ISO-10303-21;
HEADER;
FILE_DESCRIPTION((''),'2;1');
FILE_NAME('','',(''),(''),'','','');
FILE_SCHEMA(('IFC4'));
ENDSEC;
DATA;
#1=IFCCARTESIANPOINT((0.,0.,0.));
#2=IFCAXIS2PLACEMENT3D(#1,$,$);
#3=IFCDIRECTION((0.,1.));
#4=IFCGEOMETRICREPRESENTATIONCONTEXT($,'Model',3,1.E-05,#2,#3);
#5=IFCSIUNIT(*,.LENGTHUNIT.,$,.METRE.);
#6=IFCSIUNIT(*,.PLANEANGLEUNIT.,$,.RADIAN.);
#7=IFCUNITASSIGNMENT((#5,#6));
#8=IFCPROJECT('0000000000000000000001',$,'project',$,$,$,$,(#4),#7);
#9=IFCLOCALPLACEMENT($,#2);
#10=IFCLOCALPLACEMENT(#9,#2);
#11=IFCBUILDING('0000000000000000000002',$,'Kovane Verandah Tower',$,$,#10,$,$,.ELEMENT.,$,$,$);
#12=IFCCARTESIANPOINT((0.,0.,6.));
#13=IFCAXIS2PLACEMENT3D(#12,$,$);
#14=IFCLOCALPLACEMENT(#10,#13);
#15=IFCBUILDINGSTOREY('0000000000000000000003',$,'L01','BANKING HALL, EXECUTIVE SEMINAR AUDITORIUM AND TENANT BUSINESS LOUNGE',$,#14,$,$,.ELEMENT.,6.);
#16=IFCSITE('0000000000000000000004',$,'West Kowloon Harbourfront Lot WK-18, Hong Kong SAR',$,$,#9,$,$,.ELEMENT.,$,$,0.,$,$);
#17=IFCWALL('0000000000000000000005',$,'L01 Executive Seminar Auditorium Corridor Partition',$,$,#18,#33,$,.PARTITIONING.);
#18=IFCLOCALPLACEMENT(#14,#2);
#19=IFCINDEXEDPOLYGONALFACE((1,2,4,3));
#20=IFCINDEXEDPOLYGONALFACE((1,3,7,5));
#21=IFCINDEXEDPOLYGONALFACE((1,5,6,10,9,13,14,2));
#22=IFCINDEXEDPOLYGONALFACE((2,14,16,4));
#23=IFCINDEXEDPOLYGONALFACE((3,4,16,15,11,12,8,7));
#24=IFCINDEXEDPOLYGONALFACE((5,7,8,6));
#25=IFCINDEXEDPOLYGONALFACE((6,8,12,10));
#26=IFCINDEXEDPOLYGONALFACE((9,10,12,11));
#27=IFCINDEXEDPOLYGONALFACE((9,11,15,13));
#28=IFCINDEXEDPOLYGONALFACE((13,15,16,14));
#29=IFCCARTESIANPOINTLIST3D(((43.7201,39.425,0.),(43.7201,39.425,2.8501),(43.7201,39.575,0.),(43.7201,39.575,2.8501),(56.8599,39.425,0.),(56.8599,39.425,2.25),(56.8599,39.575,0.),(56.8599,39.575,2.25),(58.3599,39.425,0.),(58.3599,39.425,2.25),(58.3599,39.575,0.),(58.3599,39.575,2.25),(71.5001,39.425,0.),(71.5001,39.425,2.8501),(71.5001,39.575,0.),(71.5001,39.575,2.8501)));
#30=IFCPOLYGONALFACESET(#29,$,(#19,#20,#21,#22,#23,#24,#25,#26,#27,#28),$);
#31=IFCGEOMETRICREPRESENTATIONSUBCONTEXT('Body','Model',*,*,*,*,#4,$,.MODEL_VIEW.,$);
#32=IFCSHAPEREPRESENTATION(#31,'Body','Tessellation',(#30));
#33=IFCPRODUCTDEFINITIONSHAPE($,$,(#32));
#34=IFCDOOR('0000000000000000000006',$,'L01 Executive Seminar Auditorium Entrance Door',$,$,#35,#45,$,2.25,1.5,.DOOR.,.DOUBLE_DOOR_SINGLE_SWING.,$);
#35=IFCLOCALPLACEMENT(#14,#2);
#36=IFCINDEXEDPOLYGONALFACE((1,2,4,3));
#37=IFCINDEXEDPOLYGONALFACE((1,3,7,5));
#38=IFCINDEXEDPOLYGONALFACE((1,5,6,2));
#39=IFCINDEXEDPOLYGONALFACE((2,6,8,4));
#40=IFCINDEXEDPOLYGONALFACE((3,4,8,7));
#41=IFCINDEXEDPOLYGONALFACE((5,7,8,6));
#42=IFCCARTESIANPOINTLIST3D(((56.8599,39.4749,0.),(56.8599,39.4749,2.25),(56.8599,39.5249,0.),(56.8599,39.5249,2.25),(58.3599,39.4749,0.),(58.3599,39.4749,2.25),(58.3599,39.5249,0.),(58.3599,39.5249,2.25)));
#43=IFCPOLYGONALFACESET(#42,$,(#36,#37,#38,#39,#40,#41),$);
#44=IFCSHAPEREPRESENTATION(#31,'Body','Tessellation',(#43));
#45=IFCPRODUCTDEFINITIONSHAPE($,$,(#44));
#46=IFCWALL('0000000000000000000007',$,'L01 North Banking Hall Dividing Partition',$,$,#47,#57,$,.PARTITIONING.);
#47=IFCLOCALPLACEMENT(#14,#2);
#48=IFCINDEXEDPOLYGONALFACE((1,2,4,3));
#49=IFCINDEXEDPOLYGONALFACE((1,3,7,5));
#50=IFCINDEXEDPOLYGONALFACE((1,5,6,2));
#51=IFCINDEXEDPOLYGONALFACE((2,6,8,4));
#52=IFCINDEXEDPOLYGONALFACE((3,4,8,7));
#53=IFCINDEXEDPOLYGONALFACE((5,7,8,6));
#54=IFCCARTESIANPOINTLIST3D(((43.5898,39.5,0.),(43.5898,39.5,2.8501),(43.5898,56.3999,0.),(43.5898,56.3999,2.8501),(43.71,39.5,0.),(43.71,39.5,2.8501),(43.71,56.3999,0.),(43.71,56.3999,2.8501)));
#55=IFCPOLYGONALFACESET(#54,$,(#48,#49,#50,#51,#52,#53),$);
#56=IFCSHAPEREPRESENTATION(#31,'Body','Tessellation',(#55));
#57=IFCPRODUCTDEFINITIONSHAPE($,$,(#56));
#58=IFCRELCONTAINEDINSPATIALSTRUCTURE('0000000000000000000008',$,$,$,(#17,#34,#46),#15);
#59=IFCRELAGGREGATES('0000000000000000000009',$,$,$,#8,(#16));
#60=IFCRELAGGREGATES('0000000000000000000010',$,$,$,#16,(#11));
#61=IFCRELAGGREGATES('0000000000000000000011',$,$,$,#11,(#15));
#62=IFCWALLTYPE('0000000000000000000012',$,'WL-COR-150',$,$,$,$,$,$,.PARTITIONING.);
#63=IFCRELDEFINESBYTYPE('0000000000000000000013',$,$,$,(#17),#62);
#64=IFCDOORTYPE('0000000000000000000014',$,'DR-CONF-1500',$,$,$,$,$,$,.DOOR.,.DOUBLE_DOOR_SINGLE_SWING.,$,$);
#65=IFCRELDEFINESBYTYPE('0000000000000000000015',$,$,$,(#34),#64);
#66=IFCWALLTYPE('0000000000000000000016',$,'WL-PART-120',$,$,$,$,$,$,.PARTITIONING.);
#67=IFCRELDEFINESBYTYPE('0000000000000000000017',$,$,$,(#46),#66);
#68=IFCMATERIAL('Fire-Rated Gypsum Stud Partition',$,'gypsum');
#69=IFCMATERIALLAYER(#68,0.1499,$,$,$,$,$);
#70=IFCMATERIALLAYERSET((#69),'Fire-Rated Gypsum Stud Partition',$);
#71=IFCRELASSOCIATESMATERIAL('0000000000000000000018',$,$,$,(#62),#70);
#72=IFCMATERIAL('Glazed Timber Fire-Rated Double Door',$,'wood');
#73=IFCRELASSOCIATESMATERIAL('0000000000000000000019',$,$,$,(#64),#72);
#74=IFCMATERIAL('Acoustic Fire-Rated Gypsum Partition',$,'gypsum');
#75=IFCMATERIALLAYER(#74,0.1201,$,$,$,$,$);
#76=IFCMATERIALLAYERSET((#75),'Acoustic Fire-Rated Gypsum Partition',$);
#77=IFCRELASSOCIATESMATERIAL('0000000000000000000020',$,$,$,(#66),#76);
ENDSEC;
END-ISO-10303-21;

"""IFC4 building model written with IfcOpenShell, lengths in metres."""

from ifc_helpers import new_model, si_unit, direction, frame, frame_2d, origin, place, context, subcontext, project, spatial, rectangle, extrude, material, layer, layer_set, type_object, element, fill, save


model = new_model("IFC4")

# Units and contexts
model_context = context("Model", 3, precision=1e-05, world=origin(), true_north=direction((0.0, 1.0)))
body_context = subcontext(model_context, "Body", "Model", "MODEL_VIEW")
ifc_project = project(units=[si_unit("LENGTHUNIT", "METRE"), si_unit("PLANEANGLEUNIT", "RADIAN")], contexts=[model_context])

# Site, building, storey
site_placement = place(None, origin())
site = spatial("IfcSite", under=ifc_project, at=site_placement, Name="West Kowloon Harbourfront Lot WK-18, Hong Kong SAR", CompositionType="ELEMENT", RefElevation=0.0)
building_placement = place(site_placement, origin())
building = spatial("IfcBuilding", under=site, at=building_placement, Name="Kovane Verandah Tower", CompositionType="ELEMENT")
storey_placement = place(building_placement, frame((0.0, 0.0, 6.0)))
storey = spatial("IfcBuildingStorey", under=building, at=storey_placement, Name="L01", Description="BANKING HALL, EXECUTIVE SEMINAR AUDITORIUM AND TENANT BUSINESS LOUNGE", CompositionType="ELEMENT", Elevation=6.0)

# Wall, opening, door
ifc_material_1 = material(Name="Fire-Rated Gypsum Stud Partition", Category="gypsum")
ifc_layer_1 = layer(ifc_material_1, 0.1499)
ifc_layer_set_1 = layer_set([ifc_layer_1], Name="Fire-Rated Gypsum Stud Partition")
wall_type_1 = type_object("IfcWallType", Name="WL-COR-150", PredefinedType="PARTITIONING", material=ifc_layer_set_1)
wall_1_placement = place(storey_placement, frame((43.72, 39.5, 0.0), z_axis=(0.0, 0.0, 1.0), x_axis=(1.0, 0.0, 0.0)))
wall_1 = element("IfcWall", 1, at=wall_1_placement, inside=storey, type_object=wall_type_1, Name="L01 Executive Seminar Auditorium Corridor Partition", PredefinedType="PARTITIONING", context=body_context, shape_type="SweptSolid", body=[
    extrude(rectangle(XDim=27.78, YDim=0.1499, at=frame_2d((13.8901, 0.0))), origin(), (0.0, 0.0, 1.0), 2.8501),
])
opening_placement = place(wall_1_placement, frame((13.1399, 0.0, 0.0)))
opening = element("IfcOpeningElement", 2, at=opening_placement, cuts=wall_1, PredefinedType="OPENING", context=body_context, shape_type="SweptSolid", body=[
    extrude(rectangle(XDim=1.5, YDim=2.25, at=frame_2d((0.75, 1.125))), frame((0.0, 0.075, 0.0), z_axis=(0.0, -1.0, 0.0), x_axis=(1.0, 0.0, 0.0)), (0.0, 0.0, 1.0), 0.1499),
])
ifc_material_2 = material(Name="Glazed Timber Fire-Rated Double Door", Category="wood")
door_type = type_object("IfcDoorType", Name="DR-CONF-1500", OperationType="DOUBLE_DOOR_SINGLE_SWING", PredefinedType="DOOR", material=ifc_material_2)
door_placement = place(opening_placement, origin())
door = element("IfcDoor", 3, at=door_placement, inside=storey, type_object=door_type, Name="L01 Executive Seminar Auditorium Entrance Door", OperationType="DOUBLE_DOOR_SINGLE_SWING", OverallHeight=2.25, OverallWidth=1.5, PredefinedType="DOOR", context=body_context, shape_type="SweptSolid", body=[
    extrude(rectangle(XDim=1.5, YDim=2.25, at=frame_2d((0.75, 1.125))), frame((0.0, 0.0249, 0.0), z_axis=(0.0, -1.0, 0.0), x_axis=(1.0, 0.0, 0.0)), (0.0, 0.0, 1.0), 0.05),
])
fill(opening, door)

# Wall
ifc_material_3 = material(Name="Acoustic Fire-Rated Gypsum Partition", Category="gypsum")
ifc_layer_2 = layer(ifc_material_3, 0.1201)
ifc_layer_set_2 = layer_set([ifc_layer_2], Name="Acoustic Fire-Rated Gypsum Partition")
wall_type_2 = type_object("IfcWallType", Name="WL-PART-120", PredefinedType="PARTITIONING", material=ifc_layer_set_2)
wall_2_placement = place(storey_placement, frame((43.6499, 39.5, 0.0), z_axis=(0.0, 0.0, 1.0), x_axis=(0.0, 1.0, 0.0)))
element("IfcWall", 4, at=wall_2_placement, inside=storey, type_object=wall_type_2, Name="L01 North Banking Hall Dividing Partition", PredefinedType="PARTITIONING", context=body_context, shape_type="SweptSolid", body=[
    extrude(rectangle(XDim=16.8999, YDim=0.1201, at=frame_2d((8.45, 0.0))), origin(), (0.0, 0.0, 1.0), 2.8501),
])

save(model, "model.ifc")
